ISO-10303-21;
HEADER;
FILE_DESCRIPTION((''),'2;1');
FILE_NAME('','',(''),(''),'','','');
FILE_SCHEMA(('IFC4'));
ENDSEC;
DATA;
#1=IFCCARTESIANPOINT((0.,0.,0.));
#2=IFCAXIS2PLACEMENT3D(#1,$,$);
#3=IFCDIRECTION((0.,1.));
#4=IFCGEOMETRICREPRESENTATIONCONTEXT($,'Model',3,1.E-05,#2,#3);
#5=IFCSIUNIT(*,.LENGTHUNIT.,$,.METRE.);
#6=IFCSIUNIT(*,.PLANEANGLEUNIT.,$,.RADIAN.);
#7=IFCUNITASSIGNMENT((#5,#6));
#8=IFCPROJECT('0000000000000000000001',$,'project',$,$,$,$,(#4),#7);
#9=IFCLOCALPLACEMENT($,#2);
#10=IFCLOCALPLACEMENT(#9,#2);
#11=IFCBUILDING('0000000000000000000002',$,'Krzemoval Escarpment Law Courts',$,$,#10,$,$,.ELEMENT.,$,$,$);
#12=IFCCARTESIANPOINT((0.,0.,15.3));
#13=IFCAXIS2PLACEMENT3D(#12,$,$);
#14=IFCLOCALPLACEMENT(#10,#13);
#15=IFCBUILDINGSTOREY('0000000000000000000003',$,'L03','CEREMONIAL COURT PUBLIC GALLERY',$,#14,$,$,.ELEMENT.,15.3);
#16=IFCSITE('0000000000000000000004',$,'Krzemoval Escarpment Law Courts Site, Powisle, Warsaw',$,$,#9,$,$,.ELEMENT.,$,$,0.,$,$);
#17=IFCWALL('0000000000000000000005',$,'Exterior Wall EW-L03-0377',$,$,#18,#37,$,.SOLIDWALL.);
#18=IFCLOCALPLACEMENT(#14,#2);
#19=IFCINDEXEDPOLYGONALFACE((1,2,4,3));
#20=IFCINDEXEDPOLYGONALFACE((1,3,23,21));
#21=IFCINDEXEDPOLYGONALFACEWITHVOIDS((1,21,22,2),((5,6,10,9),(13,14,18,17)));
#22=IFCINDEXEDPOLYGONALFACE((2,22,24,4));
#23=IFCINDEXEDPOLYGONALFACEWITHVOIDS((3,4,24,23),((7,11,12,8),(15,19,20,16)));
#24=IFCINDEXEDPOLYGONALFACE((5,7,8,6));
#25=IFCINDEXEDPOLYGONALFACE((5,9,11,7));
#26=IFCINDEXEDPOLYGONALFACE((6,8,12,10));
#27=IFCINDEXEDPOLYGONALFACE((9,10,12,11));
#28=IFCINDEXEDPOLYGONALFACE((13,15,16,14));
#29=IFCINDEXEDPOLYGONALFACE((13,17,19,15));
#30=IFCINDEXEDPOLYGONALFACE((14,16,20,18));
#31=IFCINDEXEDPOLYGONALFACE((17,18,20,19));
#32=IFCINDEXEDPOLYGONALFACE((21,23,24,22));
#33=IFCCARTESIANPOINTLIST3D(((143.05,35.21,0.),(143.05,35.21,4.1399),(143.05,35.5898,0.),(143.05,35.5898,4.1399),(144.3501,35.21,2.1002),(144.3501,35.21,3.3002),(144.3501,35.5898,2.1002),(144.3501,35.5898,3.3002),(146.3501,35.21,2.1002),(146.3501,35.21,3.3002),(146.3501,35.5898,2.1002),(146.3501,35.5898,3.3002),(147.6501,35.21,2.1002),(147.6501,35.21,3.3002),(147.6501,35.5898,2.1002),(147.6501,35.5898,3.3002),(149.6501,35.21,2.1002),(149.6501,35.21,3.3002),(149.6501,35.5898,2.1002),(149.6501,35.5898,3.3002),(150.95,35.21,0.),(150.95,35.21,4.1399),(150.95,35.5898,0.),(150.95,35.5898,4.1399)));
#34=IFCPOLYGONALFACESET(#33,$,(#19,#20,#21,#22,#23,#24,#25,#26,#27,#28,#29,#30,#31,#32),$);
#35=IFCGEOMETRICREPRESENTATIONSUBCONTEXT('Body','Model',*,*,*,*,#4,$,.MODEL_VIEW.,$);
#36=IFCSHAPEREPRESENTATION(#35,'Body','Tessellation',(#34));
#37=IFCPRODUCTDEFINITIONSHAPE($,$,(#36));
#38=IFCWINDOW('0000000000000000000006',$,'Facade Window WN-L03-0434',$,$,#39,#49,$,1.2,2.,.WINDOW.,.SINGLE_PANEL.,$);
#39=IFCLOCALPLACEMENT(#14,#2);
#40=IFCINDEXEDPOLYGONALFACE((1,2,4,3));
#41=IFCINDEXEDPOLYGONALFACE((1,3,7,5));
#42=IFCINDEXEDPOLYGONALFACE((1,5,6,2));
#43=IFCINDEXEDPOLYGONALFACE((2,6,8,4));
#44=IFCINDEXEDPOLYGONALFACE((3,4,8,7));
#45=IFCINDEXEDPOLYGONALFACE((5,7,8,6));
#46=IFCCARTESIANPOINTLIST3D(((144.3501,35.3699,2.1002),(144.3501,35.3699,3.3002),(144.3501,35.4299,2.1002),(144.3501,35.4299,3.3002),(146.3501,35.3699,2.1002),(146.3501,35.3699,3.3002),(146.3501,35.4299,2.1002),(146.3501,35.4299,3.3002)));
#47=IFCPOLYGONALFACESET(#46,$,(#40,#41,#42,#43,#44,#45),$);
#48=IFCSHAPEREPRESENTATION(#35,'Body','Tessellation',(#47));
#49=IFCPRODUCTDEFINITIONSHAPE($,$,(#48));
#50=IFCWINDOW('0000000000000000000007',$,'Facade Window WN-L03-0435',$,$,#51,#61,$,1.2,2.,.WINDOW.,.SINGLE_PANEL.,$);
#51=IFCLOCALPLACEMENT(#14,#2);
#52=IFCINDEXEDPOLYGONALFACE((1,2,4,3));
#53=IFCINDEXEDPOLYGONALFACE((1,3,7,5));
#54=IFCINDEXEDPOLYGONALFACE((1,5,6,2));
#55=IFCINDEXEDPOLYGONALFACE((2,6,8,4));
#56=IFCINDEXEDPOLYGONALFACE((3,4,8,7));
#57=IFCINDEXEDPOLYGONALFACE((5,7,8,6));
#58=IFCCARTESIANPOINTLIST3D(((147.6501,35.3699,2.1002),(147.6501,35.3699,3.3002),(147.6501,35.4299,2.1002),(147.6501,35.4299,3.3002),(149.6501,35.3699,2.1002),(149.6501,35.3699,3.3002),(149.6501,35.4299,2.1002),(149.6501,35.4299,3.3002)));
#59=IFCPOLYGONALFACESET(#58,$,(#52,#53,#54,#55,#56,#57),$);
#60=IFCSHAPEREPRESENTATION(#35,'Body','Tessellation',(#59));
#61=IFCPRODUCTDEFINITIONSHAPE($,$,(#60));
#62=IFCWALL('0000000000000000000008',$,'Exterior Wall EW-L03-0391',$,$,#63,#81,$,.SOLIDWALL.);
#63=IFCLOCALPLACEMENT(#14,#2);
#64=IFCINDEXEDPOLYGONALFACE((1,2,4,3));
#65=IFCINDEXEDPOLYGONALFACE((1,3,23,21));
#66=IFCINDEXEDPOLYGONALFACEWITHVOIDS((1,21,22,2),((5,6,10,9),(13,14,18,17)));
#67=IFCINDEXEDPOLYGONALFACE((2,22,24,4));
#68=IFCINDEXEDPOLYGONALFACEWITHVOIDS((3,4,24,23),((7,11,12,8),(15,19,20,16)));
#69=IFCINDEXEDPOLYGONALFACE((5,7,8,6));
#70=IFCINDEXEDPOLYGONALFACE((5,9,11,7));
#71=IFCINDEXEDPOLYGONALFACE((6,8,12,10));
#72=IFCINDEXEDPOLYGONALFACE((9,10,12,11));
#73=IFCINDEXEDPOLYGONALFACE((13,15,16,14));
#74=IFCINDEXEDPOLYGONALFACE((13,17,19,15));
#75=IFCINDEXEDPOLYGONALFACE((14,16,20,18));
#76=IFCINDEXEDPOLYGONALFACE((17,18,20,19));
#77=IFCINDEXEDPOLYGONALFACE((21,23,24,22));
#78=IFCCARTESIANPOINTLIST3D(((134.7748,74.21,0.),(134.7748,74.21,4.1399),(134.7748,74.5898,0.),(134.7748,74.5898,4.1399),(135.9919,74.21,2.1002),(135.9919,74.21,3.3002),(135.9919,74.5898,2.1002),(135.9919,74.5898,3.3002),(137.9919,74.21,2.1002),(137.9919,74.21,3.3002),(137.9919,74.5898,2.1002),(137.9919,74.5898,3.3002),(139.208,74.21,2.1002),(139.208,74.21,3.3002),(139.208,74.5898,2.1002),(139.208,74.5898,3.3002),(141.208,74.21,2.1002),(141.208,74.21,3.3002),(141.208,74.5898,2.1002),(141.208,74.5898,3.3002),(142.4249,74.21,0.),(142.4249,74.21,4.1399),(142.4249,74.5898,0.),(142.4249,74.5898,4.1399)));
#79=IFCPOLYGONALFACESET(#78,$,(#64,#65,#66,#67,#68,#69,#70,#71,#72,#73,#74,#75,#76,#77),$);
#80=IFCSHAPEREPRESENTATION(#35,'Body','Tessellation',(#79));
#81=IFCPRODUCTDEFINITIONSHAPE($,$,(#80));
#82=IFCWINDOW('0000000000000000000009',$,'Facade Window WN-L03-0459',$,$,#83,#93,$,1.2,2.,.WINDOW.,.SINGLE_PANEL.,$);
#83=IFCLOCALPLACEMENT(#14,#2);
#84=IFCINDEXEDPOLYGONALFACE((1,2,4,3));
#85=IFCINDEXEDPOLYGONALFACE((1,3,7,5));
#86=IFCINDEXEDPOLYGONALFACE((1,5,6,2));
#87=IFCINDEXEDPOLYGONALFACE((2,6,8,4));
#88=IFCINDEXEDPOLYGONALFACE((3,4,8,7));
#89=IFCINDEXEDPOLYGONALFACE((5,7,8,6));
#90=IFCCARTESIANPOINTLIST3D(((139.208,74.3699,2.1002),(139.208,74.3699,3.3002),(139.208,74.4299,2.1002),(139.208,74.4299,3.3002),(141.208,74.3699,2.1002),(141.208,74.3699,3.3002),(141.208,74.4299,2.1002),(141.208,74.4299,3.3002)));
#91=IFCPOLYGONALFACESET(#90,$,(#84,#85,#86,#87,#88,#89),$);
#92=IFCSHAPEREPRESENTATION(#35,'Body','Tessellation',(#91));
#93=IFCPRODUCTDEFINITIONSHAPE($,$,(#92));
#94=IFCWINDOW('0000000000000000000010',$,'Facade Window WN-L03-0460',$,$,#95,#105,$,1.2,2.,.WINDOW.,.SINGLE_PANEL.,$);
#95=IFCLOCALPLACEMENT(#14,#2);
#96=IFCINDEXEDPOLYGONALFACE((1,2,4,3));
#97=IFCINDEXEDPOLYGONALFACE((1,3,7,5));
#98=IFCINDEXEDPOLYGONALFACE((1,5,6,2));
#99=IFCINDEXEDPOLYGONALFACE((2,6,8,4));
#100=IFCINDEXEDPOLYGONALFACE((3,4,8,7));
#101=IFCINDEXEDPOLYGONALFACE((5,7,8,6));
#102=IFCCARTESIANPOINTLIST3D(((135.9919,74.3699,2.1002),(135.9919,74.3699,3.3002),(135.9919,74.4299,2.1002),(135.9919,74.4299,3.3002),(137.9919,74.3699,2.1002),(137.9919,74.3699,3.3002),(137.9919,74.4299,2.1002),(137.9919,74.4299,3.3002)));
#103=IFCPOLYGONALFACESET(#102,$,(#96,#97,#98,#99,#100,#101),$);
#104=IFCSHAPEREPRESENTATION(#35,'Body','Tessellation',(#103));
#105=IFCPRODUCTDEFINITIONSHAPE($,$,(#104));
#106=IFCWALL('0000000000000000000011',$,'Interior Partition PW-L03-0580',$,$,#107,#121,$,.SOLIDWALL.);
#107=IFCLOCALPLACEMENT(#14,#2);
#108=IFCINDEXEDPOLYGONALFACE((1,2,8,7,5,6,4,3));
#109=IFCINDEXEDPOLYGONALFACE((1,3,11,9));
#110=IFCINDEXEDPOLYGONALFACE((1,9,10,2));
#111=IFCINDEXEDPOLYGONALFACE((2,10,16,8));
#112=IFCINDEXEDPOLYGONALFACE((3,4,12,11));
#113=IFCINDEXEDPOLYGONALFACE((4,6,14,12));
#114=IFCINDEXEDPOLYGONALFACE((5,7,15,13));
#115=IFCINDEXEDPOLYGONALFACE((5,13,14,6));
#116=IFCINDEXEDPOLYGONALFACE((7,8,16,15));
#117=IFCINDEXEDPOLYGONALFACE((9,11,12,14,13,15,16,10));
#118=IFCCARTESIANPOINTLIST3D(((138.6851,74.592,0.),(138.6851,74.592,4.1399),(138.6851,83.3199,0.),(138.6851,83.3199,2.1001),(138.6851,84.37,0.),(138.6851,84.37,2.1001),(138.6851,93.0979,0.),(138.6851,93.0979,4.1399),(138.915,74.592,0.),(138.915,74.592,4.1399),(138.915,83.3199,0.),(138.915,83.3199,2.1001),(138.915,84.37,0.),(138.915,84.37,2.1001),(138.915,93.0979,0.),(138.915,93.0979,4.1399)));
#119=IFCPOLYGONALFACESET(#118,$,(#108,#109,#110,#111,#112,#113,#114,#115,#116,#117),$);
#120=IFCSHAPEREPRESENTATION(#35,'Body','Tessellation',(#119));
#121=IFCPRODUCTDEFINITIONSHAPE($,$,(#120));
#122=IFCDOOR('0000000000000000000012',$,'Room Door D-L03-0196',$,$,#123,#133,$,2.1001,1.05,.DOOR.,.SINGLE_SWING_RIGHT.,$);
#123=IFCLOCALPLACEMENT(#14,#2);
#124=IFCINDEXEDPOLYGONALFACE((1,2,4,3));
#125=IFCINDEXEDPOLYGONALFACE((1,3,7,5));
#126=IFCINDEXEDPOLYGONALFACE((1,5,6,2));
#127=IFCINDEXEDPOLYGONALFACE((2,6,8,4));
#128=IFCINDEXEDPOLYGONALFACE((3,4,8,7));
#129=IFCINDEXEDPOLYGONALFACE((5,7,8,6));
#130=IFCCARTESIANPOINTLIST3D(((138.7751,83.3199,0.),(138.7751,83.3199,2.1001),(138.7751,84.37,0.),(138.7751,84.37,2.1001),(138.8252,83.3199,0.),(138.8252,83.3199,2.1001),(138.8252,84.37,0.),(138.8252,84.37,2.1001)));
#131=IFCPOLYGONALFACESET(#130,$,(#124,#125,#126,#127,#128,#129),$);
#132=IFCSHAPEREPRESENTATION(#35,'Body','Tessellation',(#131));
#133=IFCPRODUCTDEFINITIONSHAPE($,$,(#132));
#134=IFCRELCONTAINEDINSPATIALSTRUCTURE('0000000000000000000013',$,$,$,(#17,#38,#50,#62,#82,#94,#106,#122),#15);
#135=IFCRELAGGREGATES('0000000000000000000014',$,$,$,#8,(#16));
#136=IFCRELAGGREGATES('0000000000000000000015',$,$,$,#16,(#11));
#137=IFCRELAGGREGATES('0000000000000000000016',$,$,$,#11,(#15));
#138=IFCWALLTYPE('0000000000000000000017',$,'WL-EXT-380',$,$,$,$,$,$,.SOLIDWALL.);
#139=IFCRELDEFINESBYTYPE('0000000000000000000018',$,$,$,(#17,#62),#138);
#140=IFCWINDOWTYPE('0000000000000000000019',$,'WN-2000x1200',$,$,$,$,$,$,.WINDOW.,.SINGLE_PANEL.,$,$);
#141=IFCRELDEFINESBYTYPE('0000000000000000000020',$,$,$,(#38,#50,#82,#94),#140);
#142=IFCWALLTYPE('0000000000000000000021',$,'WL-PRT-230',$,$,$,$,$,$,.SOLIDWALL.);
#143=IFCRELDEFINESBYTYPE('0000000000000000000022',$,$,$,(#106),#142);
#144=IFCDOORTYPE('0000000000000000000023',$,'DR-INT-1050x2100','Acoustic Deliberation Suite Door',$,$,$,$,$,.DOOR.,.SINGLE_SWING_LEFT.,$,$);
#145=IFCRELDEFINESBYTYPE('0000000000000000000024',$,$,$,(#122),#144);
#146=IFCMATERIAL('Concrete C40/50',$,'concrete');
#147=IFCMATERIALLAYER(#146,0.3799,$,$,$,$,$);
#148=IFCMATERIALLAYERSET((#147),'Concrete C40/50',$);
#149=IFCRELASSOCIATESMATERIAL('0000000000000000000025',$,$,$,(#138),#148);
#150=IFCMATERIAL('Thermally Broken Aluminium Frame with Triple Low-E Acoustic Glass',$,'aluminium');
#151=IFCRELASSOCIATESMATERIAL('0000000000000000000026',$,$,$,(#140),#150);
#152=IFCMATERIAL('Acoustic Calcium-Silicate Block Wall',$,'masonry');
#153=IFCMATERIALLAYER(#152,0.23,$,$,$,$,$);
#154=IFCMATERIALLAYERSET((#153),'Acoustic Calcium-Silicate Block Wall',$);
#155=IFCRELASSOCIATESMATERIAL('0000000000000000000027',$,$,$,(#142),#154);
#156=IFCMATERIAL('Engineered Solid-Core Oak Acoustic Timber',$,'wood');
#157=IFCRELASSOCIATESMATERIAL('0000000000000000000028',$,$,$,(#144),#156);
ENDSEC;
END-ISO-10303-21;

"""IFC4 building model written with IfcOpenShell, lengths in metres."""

from ifc_helpers import new_model, si_unit, direction, frame, frame_2d, origin, place, context, subcontext, project, spatial, rectangle, extrude, material, layer, layer_set, type_object, element, fill, save


model = new_model("IFC4")

# Units and contexts
model_context = context("Model", 3, precision=1e-05, world=origin(), true_north=direction((0.0, 1.0)))
body_context = subcontext(model_context, "Body", "Model", "MODEL_VIEW")
ifc_project = project(units=[si_unit("LENGTHUNIT", "METRE"), si_unit("PLANEANGLEUNIT", "RADIAN")], contexts=[model_context])

# Site, building, storey
site_placement = place(None, origin())
site = spatial("IfcSite", under=ifc_project, at=site_placement, Name="Krzemoval Escarpment Law Courts Site, Powisle, Warsaw", CompositionType="ELEMENT", RefElevation=0.0)
building_placement = place(site_placement, origin())
building = spatial("IfcBuilding", under=site, at=building_placement, Name="Krzemoval Escarpment Law Courts", CompositionType="ELEMENT")
storey_placement = place(building_placement, frame((0.0, 0.0, 15.3)))
storey = spatial("IfcBuildingStorey", under=building, at=storey_placement, Name="L03", Description="CEREMONIAL COURT PUBLIC GALLERY", CompositionType="ELEMENT", Elevation=15.3)

# Walls, openings, windows
ifc_material_1 = material(Name="Concrete C40/50", Category="concrete")
ifc_layer_1 = layer(ifc_material_1, 0.3799)
ifc_layer_set_1 = layer_set([ifc_layer_1], Name="Concrete C40/50")
wall_type_1 = type_object("IfcWallType", Name="WL-EXT-380", PredefinedType="SOLIDWALL", material=ifc_layer_set_1)
wall_1_placement = place(storey_placement, frame((143.05, 35.3999, 0.0), z_axis=(0.0, 0.0, 1.0), x_axis=(1.0, 0.0, 0.0)))
wall_1 = element("IfcWall", 1, at=wall_1_placement, inside=storey, type_object=wall_type_1, Name="Exterior Wall EW-L03-0377", PredefinedType="SOLIDWALL", context=body_context, shape_type="SweptSolid", body=[
    extrude(rectangle(XDim=7.8999, YDim=0.3799, at=frame_2d((3.95, 0.0))), origin(), (0.0, 0.0, 1.0), 4.1399),
])
opening_1_placement = place(wall_1_placement, frame((1.3, 0.0, 2.1001)))
opening_1 = element("IfcOpeningElement", 2, at=opening_1_placement, cuts=wall_1, PredefinedType="OPENING", context=body_context, shape_type="SweptSolid", body=[
    extrude(rectangle(XDim=2.0, YDim=1.2, at=frame_2d((1.0, 0.6001))), frame((0.0, 0.2049, 0.0), z_axis=(0.0, -1.0, 0.0), x_axis=(1.0, 0.0, 0.0)), (0.0, 0.0, 1.0), 0.4099),
])
opening_2_placement = place(wall_1_placement, frame((4.6001, 0.0, 2.1001)))
opening_2 = element("IfcOpeningElement", 3, at=opening_2_placement, cuts=wall_1, PredefinedType="OPENING", context=body_context, shape_type="SweptSolid", body=[
    extrude(rectangle(XDim=2.0, YDim=1.2, at=frame_2d((1.0, 0.6001))), frame((0.0, 0.2049, 0.0), z_axis=(0.0, -1.0, 0.0), x_axis=(1.0, 0.0, 0.0)), (0.0, 0.0, 1.0), 0.4099),
])
ifc_material_2 = material(Name="Thermally Broken Aluminium Frame with Triple Low-E Acoustic Glass", Category="aluminium")
window_type_1 = type_object("IfcWindowType", Name="WN-2000x1200", PartitioningType="SINGLE_PANEL", PredefinedType="WINDOW", material=ifc_material_2)
window_1_placement = place(opening_1_placement, origin())
window_1 = element("IfcWindow", 4, at=window_1_placement, inside=storey, type_object=window_type_1, Name="Facade Window WN-L03-0434", OverallHeight=1.2, OverallWidth=2.0, PartitioningType="SINGLE_PANEL", PredefinedType="WINDOW", context=body_context, shape_type="SweptSolid", body=[
    extrude(rectangle(XDim=2.0, YDim=1.2, at=frame_2d((1.0, 0.6001))), frame((0.0, 0.03, 0.0), z_axis=(0.0, -1.0, 0.0), x_axis=(1.0, 0.0, 0.0)), (0.0, 0.0, 1.0), 0.0601),
])
fill(opening_1, window_1)
window_2_placement = place(opening_2_placement, origin())
window_2 = element("IfcWindow", 5, at=window_2_placement, inside=storey, type_object=window_type_1, Name="Facade Window WN-L03-0435", OverallHeight=1.2, OverallWidth=2.0, PartitioningType="SINGLE_PANEL", PredefinedType="WINDOW", context=body_context, shape_type="SweptSolid", body=[
    extrude(rectangle(XDim=2.0, YDim=1.2, at=frame_2d((1.0, 0.6001))), frame((0.0, 0.03, 0.0), z_axis=(0.0, -1.0, 0.0), x_axis=(1.0, 0.0, 0.0)), (0.0, 0.0, 1.0), 0.0601),
])
fill(opening_2, window_2)
wall_2_placement = place(storey_placement, frame((142.425, 74.3999, 0.0), z_axis=(0.0, 0.0, 1.0), x_axis=(-1.0, 0.0, 0.0)))
wall_2 = element("IfcWall", 6, at=wall_2_placement, inside=storey, type_object=wall_type_1, Name="Exterior Wall EW-L03-0391", PredefinedType="SOLIDWALL", context=body_context, shape_type="SweptSolid", body=[
    extrude(rectangle(XDim=7.6501, YDim=0.3799, at=frame_2d((3.8252, 0.0))), origin(), (0.0, 0.0, 1.0), 4.1399),
])
opening_3_placement = place(wall_2_placement, frame((1.217, 0.0, 2.1001)))
opening_3 = element("IfcOpeningElement", 7, at=opening_3_placement, cuts=wall_2, PredefinedType="OPENING", context=body_context, shape_type="SweptSolid", body=[
    extrude(rectangle(XDim=2.0, YDim=1.2, at=frame_2d((1.0, 0.6001))), frame((0.0, 0.2049, 0.0), z_axis=(0.0, -1.0, 0.0), x_axis=(1.0, 0.0, 0.0)), (0.0, 0.0, 1.0), 0.4099),
])
opening_4_placement = place(wall_2_placement, frame((4.4331, 0.0, 2.1001)))
opening_4 = element("IfcOpeningElement", 8, at=opening_4_placement, cuts=wall_2, PredefinedType="OPENING", context=body_context, shape_type="SweptSolid", body=[
    extrude(rectangle(XDim=2.0, YDim=1.2, at=frame_2d((1.0, 0.6001))), frame((0.0, 0.2049, 0.0), z_axis=(0.0, -1.0, 0.0), x_axis=(1.0, 0.0, 0.0)), (0.0, 0.0, 1.0), 0.4099),
])
window_3_placement = place(opening_3_placement, origin())
window_3 = element("IfcWindow", 9, at=window_3_placement, inside=storey, type_object=window_type_1, Name="Facade Window WN-L03-0459", OverallHeight=1.2, OverallWidth=2.0, PartitioningType="SINGLE_PANEL", PredefinedType="WINDOW", context=body_context, shape_type="SweptSolid", body=[
    extrude(rectangle(XDim=2.0, YDim=1.2, at=frame_2d((1.0, 0.6001))), frame((0.0, 0.03, 0.0), z_axis=(0.0, -1.0, 0.0), x_axis=(1.0, 0.0, 0.0)), (0.0, 0.0, 1.0), 0.0601),
])
fill(opening_3, window_3)
window_4_placement = place(opening_4_placement, origin())
window_4 = element("IfcWindow", 10, at=window_4_placement, inside=storey, type_object=window_type_1, Name="Facade Window WN-L03-0460", OverallHeight=1.2, OverallWidth=2.0, PartitioningType="SINGLE_PANEL", PredefinedType="WINDOW", context=body_context, shape_type="SweptSolid", body=[
    extrude(rectangle(XDim=2.0, YDim=1.2, at=frame_2d((1.0, 0.6001))), frame((0.0, 0.03, 0.0), z_axis=(0.0, -1.0, 0.0), x_axis=(1.0, 0.0, 0.0)), (0.0, 0.0, 1.0), 0.0601),
])
fill(opening_4, window_4)

# Wall, opening, door
ifc_material_3 = material(Name="Acoustic Calcium-Silicate Block Wall", Category="masonry")
ifc_layer_2 = layer(ifc_material_3, 0.23)
ifc_layer_set_2 = layer_set([ifc_layer_2], Name="Acoustic Calcium-Silicate Block Wall")
wall_type_2 = type_object("IfcWallType", Name="WL-PRT-230", PredefinedType="SOLIDWALL", material=ifc_layer_set_2)
wall_3_placement = place(storey_placement, frame((138.8, 74.592, 0.0), z_axis=(0.0, 0.0, 1.0), x_axis=(0.0, 1.0, 0.0)))
wall_3 = element("IfcWall", 11, at=wall_3_placement, inside=storey, type_object=wall_type_2, Name="Interior Partition PW-L03-0580", PredefinedType="SOLIDWALL", context=body_context, shape_type="SweptSolid", body=[
    extrude(rectangle(XDim=18.5059, YDim=0.23, at=frame_2d((9.2529, 0.0))), origin(), (0.0, 0.0, 1.0), 4.1399),
])
opening_5_placement = place(wall_3_placement, frame((8.728, 0.0, 0.0)))
opening_5 = element("IfcOpeningElement", 12, at=opening_5_placement, cuts=wall_3, PredefinedType="OPENING", context=body_context, shape_type="SweptSolid", body=[
    extrude(rectangle(XDim=1.05, YDim=2.1001, at=frame_2d((0.5249, 1.05))), frame((0.0, 0.13, 0.0), z_axis=(0.0, -1.0, 0.0), x_axis=(1.0, 0.0, 0.0)), (0.0, 0.0, 1.0), 0.26),
])
ifc_material_4 = material(Name="Engineered Solid-Core Oak Acoustic Timber", Category="wood")
door_type = type_object("IfcDoorType", Name="DR-INT-1050x2100", Description="Acoustic Deliberation Suite Door", OperationType="SINGLE_SWING_LEFT", PredefinedType="DOOR", material=ifc_material_4)
door_placement = place(opening_5_placement, origin())
door = element("IfcDoor", 13, at=door_placement, inside=storey, type_object=door_type, Name="Room Door D-L03-0196", OperationType="SINGLE_SWING_RIGHT", OverallHeight=2.1001, OverallWidth=1.05, PredefinedType="DOOR", context=body_context, shape_type="SweptSolid", body=[
    extrude(rectangle(XDim=1.05, YDim=2.1001, at=frame_2d((0.5249, 1.05))), frame((0.0, 0.0249, 0.0), z_axis=(0.0, -1.0, 0.0), x_axis=(1.0, 0.0, 0.0)), (0.0, 0.0, 1.0), 0.05),
])
fill(opening_5, door)

save(model, "model.ifc")
